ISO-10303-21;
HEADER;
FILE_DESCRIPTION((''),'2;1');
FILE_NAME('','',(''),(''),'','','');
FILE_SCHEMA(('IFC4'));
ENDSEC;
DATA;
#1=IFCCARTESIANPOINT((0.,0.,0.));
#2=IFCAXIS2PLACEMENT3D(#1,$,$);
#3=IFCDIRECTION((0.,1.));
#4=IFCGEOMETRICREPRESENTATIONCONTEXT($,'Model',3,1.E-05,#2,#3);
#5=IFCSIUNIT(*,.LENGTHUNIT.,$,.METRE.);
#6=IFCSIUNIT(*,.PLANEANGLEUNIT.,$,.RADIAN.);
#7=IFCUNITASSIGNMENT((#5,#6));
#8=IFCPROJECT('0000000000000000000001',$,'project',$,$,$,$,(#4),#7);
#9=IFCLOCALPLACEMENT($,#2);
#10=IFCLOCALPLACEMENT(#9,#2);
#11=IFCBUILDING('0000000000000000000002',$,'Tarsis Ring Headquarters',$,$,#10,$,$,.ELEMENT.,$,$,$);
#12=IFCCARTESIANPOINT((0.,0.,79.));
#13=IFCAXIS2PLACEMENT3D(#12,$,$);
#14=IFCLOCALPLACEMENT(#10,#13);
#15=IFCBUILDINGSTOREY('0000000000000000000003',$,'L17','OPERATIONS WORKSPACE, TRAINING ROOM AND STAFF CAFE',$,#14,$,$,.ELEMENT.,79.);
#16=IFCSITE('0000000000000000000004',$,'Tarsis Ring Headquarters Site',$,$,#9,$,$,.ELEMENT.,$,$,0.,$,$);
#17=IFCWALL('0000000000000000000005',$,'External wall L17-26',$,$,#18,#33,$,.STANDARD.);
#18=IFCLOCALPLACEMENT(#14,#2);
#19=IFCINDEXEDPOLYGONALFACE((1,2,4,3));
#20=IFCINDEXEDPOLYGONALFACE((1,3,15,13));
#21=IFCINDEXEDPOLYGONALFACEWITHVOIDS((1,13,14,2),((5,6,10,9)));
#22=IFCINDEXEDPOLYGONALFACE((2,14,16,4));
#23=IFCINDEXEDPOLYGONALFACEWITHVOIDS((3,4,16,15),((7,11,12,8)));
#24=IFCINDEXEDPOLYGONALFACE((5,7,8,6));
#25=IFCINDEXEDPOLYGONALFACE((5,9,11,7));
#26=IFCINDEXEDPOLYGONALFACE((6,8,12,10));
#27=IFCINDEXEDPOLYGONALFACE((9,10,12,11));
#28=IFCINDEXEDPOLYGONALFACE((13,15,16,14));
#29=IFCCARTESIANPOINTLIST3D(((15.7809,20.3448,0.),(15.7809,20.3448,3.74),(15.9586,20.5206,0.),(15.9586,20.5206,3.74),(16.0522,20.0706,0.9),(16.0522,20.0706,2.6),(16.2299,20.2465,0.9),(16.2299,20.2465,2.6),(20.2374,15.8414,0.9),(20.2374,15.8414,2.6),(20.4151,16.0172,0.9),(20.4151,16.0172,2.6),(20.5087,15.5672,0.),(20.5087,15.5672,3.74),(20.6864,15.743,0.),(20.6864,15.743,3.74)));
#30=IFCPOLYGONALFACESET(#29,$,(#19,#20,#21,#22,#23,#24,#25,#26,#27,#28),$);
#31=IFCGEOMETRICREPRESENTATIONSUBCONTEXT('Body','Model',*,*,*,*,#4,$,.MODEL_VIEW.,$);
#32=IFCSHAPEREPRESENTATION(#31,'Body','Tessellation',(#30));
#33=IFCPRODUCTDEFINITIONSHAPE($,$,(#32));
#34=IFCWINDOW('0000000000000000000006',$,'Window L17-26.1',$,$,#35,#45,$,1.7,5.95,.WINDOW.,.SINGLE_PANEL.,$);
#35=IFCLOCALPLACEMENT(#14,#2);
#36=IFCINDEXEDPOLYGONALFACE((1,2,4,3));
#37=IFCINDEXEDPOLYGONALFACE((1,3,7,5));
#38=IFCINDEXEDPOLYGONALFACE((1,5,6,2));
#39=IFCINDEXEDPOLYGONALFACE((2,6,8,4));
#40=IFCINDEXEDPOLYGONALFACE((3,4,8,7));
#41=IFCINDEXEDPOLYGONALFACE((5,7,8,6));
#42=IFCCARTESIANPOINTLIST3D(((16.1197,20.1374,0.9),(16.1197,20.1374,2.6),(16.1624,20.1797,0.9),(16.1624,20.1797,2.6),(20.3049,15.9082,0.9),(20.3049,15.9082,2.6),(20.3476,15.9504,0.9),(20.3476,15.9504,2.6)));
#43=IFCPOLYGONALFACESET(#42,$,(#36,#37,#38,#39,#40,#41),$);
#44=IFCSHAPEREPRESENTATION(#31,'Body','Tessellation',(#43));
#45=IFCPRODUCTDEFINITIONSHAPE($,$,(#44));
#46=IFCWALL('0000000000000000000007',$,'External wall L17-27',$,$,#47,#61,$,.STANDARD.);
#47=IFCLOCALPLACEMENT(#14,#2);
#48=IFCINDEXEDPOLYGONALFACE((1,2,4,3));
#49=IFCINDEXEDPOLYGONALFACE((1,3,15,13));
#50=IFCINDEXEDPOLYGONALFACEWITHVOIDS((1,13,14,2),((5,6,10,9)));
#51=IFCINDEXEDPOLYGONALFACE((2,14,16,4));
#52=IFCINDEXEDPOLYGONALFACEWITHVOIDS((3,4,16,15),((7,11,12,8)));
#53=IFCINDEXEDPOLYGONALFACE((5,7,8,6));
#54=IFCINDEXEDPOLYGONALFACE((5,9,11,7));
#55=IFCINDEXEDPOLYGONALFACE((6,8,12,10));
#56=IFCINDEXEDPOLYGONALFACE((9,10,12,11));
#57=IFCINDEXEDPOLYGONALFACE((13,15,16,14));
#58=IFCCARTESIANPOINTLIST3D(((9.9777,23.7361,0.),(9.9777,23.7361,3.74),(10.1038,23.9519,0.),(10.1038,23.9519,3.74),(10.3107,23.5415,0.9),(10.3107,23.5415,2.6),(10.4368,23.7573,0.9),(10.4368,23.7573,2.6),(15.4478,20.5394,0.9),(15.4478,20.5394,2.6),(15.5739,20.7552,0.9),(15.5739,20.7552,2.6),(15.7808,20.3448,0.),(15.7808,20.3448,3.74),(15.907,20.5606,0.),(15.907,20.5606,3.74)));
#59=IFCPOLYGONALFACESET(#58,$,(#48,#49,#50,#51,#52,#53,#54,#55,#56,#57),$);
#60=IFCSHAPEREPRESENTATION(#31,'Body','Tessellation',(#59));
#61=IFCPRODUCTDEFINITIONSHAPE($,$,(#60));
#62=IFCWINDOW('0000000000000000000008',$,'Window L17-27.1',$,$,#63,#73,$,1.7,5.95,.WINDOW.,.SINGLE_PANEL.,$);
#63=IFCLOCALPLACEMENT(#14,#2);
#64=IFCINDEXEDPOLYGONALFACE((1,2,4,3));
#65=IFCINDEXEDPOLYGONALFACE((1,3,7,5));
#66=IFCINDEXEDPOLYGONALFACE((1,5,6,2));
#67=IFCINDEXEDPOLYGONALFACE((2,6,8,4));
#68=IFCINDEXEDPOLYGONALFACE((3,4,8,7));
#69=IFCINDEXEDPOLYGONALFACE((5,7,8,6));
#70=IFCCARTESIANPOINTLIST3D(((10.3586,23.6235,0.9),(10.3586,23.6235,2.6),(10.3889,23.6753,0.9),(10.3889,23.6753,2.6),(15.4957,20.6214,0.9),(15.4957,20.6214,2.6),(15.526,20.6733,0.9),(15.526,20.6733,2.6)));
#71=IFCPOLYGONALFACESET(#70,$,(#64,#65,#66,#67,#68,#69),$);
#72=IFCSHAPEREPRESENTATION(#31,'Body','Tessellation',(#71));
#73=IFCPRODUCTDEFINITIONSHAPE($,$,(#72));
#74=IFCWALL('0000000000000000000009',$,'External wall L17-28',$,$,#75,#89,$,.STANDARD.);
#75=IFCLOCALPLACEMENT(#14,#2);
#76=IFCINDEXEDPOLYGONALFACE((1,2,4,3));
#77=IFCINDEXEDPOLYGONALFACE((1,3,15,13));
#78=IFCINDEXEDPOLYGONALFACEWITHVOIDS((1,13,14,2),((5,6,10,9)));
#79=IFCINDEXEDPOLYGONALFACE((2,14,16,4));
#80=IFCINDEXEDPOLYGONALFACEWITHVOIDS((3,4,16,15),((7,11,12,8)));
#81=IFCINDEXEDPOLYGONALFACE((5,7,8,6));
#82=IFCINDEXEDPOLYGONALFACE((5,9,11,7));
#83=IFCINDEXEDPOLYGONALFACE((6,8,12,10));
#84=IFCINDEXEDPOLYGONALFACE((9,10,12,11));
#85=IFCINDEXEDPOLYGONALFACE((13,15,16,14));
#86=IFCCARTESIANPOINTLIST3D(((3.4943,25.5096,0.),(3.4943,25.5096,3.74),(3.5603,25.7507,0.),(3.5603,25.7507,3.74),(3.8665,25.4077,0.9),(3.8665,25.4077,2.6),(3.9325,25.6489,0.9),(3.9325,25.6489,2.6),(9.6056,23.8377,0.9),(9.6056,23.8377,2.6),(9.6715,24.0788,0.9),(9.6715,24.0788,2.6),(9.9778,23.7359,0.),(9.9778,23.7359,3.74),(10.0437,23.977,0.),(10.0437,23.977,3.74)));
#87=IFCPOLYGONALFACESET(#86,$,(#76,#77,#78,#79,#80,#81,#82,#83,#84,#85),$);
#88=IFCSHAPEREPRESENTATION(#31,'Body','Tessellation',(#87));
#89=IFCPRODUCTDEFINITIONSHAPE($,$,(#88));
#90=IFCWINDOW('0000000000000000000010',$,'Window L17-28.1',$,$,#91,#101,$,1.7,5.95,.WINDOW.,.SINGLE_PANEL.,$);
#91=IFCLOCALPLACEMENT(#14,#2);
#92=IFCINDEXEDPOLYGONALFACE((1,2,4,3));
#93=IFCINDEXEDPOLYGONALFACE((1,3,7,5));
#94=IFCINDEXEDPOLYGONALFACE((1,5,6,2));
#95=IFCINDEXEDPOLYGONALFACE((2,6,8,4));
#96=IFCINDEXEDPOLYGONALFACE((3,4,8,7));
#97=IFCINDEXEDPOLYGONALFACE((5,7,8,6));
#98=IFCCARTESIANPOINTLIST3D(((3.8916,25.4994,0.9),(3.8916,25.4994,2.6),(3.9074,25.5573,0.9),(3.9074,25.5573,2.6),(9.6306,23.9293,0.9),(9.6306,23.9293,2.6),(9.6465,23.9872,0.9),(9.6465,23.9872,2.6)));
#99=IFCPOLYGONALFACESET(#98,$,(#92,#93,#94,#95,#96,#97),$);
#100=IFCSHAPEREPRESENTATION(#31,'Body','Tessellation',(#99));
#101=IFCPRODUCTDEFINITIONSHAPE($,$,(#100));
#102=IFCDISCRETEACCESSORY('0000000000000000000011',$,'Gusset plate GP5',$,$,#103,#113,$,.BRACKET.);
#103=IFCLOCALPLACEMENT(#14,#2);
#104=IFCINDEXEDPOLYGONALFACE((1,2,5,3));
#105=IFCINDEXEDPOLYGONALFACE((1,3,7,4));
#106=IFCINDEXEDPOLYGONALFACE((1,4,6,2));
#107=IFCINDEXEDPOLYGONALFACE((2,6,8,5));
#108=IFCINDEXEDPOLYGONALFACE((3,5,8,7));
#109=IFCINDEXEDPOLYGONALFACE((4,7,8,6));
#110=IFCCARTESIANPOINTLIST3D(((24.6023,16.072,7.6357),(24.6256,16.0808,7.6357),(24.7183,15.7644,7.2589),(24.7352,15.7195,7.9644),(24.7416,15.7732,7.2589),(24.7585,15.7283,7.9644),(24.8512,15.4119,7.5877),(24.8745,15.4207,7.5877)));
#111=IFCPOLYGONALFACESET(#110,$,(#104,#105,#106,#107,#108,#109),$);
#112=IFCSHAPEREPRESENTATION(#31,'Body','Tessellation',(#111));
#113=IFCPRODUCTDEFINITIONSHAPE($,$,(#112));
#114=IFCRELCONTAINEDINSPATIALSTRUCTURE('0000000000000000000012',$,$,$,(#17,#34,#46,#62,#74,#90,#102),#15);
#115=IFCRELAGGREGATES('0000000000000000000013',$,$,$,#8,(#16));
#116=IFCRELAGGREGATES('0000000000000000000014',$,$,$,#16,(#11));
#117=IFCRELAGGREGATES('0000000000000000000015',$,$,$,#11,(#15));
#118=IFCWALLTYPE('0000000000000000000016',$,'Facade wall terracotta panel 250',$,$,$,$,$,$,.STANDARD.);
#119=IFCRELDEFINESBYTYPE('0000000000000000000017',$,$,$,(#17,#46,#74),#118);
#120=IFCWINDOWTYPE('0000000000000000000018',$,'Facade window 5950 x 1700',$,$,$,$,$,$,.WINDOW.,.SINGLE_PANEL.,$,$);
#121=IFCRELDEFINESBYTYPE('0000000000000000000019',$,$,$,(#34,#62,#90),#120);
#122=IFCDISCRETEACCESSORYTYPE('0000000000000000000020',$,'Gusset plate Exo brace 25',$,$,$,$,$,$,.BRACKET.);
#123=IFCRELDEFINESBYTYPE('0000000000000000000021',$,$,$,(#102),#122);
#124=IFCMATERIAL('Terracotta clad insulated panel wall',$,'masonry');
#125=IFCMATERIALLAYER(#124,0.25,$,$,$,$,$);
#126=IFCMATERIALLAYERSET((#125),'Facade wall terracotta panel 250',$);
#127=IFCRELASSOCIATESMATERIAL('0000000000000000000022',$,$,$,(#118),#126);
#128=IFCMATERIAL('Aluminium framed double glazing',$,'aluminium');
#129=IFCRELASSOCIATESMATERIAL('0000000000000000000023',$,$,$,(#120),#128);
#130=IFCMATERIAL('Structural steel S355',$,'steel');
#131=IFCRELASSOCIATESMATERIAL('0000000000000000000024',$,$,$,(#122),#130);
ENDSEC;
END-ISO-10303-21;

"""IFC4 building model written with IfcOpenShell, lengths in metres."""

from ifc_helpers import new_model, si_unit, direction, frame, frame_2d, origin, origin_2d, place, context, subcontext, project, spatial, rectangle, extrude, material, layer, layer_set, material_profile, profile_set, type_object, element, fill, save


model = new_model("IFC4")

# Units and contexts
model_context = context("Model", 3, precision=1e-05, world=origin(), true_north=direction((0.0, 1.0)))
body_context = subcontext(model_context, "Body", "Model", "MODEL_VIEW")
ifc_project = project(units=[si_unit("LENGTHUNIT", "METRE"), si_unit("PLANEANGLEUNIT", "RADIAN")], contexts=[model_context])

# Site, building, storey
site_placement = place(None, origin())
site = spatial("IfcSite", under=ifc_project, at=site_placement, Name="Tarsis Ring Headquarters Site", CompositionType="ELEMENT", RefElevation=0.0)
building_placement = place(site_placement, origin())
building = spatial("IfcBuilding", under=site, at=building_placement, Name="Tarsis Ring Headquarters", CompositionType="ELEMENT")
storey_placement = place(building_placement, frame((0.0, 0.0, 79.0)))
storey = spatial("IfcBuildingStorey", under=building, at=storey_placement, Name="L17", Description="OPERATIONS WORKSPACE, TRAINING ROOM AND STAFF CAFE", CompositionType="ELEMENT", Elevation=79.0)

# Shared definitions
ifc_material_1 = material(Name="Structural steel S355", Category="steel")

# Walls, openings, windows
ifc_material_2 = material(Name="Terracotta clad insulated panel wall", Category="masonry")
ifc_layer_1 = layer(ifc_material_2, 0.25)
ifc_layer_set_1 = layer_set([ifc_layer_1], Name="Facade wall terracotta panel 250")
wall_type_1 = type_object("IfcWallType", Name="Facade wall terracotta panel 250", PredefinedType="STANDARD", material=ifc_layer_set_1)
wall_1_placement = place(storey_placement, frame((20.5977, 15.655, 0.0), z_axis=(0.0, 0.0, 1.0), x_axis=(-0.703392, 0.710802, 0.0)))
wall_1 = element("IfcWall", 1, at=wall_1_placement, inside=storey, type_object=wall_type_1, Name="External wall L17-26", PredefinedType="STANDARD", context=body_context, shape_type="SweptSolid", body=[
    extrude(rectangle(XDim=6.7214, YDim=0.25, at=frame_2d((3.3608, 0.0))), origin(), (0.0, 0.0, 1.0), 3.74),
])
opening_1_placement = place(wall_1_placement, frame((0.3857, 0.0, 0.8999)))
opening_1 = element("IfcOpeningElement", 2, at=opening_1_placement, cuts=wall_1, PredefinedType="OPENING", context=body_context, shape_type="SweptSolid", body=[
    extrude(rectangle(XDim=5.95, YDim=1.7, at=frame_2d((2.9751, 0.8501))), frame((0.0, 0.135, 0.0), z_axis=(0.0, -1.0, 0.0), x_axis=(1.0, 0.0, 0.0)), (0.0, 0.0, 1.0), 0.27),
])
ifc_material_3 = material(Name="Aluminium framed double glazing", Category="aluminium")
window_type = type_object("IfcWindowType", Name="Facade window 5950 x 1700", PartitioningType="SINGLE_PANEL", PredefinedType="WINDOW", material=ifc_material_3)
window_1_placement = place(opening_1_placement, origin())
window_1 = element("IfcWindow", 3, at=window_1_placement, inside=storey, type_object=window_type, Name="Window L17-26.1", OverallHeight=1.7, OverallWidth=5.95, PartitioningType="SINGLE_PANEL", PredefinedType="WINDOW", context=body_context, shape_type="SweptSolid", body=[
    extrude(rectangle(XDim=5.95, YDim=1.7, at=frame_2d((2.9751, 0.8501))), frame((0.0, 0.03, 0.0), z_axis=(0.0, -1.0, 0.0), x_axis=(1.0, 0.0, 0.0)), (0.0, 0.0, 1.0), 0.0601),
])
fill(opening_1, window_1)
wall_2_placement = place(storey_placement, frame((15.844, 20.4526, 0.0), z_axis=(0.0, 0.0, 1.0), x_axis=(-0.863381, 0.504553, 0.0)))
wall_2 = element("IfcWall", 4, at=wall_2_placement, inside=storey, type_object=wall_type_1, Name="External wall L17-27", PredefinedType="STANDARD", context=body_context, shape_type="SweptSolid", body=[
    extrude(rectangle(XDim=6.7214, YDim=0.25, at=frame_2d((3.3608, 0.0))), origin(), (0.0, 0.0, 1.0), 3.74),
])
opening_2_placement = place(wall_2_placement, frame((0.3857, 0.0, 0.8999)))
opening_2 = element("IfcOpeningElement", 5, at=opening_2_placement, cuts=wall_2, PredefinedType="OPENING", context=body_context, shape_type="SweptSolid", body=[
    extrude(rectangle(XDim=5.95, YDim=1.7, at=frame_2d((2.9751, 0.8501))), frame((0.0, 0.135, 0.0), z_axis=(0.0, -1.0, 0.0), x_axis=(1.0, 0.0, 0.0)), (0.0, 0.0, 1.0), 0.27),
])
window_2_placement = place(opening_2_placement, origin())
window_2 = element("IfcWindow", 6, at=window_2_placement, inside=storey, type_object=window_type, Name="Window L17-27.1", OverallHeight=1.7, OverallWidth=5.95, PartitioningType="SINGLE_PANEL", PredefinedType="WINDOW", context=body_context, shape_type="SweptSolid", body=[
    extrude(rectangle(XDim=5.95, YDim=1.7, at=frame_2d((2.9751, 0.8501))), frame((0.0, 0.03, 0.0), z_axis=(0.0, -1.0, 0.0), x_axis=(1.0, 0.0, 0.0)), (0.0, 0.0, 1.0), 0.0601),
])
fill(opening_2, window_2)
wall_3_placement = place(storey_placement, frame((10.0107, 23.8564, 0.0), z_axis=(0.0, 0.0, 1.0), x_axis=(-0.964556, 0.263876, 0.0)))
wall_3 = element("IfcWall", 7, at=wall_3_placement, inside=storey, type_object=wall_type_1, Name="External wall L17-28", PredefinedType="STANDARD", context=body_context, shape_type="SweptSolid", body=[
    extrude(rectangle(XDim=6.7217, YDim=0.25, at=frame_2d((3.3608, 0.0))), origin(), (0.0, 0.0, 1.0), 3.74),
])
opening_3_placement = place(wall_3_placement, frame((0.3857, 0.0, 0.8999)))
opening_3 = element("IfcOpeningElement", 8, at=opening_3_placement, cuts=wall_3, PredefinedType="OPENING", context=body_context, shape_type="SweptSolid", body=[
    extrude(rectangle(XDim=5.95, YDim=1.7, at=frame_2d((2.9751, 0.8501))), frame((0.0, 0.135, 0.0), z_axis=(0.0, -1.0, 0.0), x_axis=(1.0, 0.0, 0.0)), (0.0, 0.0, 1.0), 0.27),
])
window_3_placement = place(opening_3_placement, origin())
window_3 = element("IfcWindow", 9, at=window_3_placement, inside=storey, type_object=window_type, Name="Window L17-28.1", OverallHeight=1.7, OverallWidth=5.95, PartitioningType="SINGLE_PANEL", PredefinedType="WINDOW", context=body_context, shape_type="SweptSolid", body=[
    extrude(rectangle(XDim=5.95, YDim=1.7, at=frame_2d((2.9751, 0.8501))), frame((0.0, 0.03, 0.0), z_axis=(0.0, -1.0, 0.0), x_axis=(1.0, 0.0, 0.0)), (0.0, 0.0, 1.0), 0.0601),
])
fill(opening_3, window_3)

# Discrete accessory
ifc_material_profile_1 = material_profile(ifc_material_1, rectangle(XDim=0.0249, YDim=0.5, at=origin_2d()), Name="PL 25x500")
ifc_profile_set_1 = profile_set([ifc_material_profile_1], Name="Structural steel S355")
discrete_accessory_type = type_object("IfcDiscreteAccessoryType", Name="Gusset plate Exo brace 25", PredefinedType="BRACKET", material=ifc_profile_set_1)
discrete_accessory_placement = place(storey_placement, frame((24.6804, 15.9001, 7.8), z_axis=(0.23194, -0.615251, -0.753439), x_axis=(0.935717, 0.352751, 0.0)))
element("IfcDiscreteAccessory", 10, at=discrete_accessory_placement, inside=storey, type_object=discrete_accessory_type, Name="Gusset plate GP5", PredefinedType="BRACKET", context=body_context, shape_type="SweptSolid", body=[
    extrude(rectangle(XDim=0.0249, YDim=0.5, at=origin_2d()), origin(), (0.0, 0.0, 1.0), 0.5),
])

save(model, "model.ifc")
